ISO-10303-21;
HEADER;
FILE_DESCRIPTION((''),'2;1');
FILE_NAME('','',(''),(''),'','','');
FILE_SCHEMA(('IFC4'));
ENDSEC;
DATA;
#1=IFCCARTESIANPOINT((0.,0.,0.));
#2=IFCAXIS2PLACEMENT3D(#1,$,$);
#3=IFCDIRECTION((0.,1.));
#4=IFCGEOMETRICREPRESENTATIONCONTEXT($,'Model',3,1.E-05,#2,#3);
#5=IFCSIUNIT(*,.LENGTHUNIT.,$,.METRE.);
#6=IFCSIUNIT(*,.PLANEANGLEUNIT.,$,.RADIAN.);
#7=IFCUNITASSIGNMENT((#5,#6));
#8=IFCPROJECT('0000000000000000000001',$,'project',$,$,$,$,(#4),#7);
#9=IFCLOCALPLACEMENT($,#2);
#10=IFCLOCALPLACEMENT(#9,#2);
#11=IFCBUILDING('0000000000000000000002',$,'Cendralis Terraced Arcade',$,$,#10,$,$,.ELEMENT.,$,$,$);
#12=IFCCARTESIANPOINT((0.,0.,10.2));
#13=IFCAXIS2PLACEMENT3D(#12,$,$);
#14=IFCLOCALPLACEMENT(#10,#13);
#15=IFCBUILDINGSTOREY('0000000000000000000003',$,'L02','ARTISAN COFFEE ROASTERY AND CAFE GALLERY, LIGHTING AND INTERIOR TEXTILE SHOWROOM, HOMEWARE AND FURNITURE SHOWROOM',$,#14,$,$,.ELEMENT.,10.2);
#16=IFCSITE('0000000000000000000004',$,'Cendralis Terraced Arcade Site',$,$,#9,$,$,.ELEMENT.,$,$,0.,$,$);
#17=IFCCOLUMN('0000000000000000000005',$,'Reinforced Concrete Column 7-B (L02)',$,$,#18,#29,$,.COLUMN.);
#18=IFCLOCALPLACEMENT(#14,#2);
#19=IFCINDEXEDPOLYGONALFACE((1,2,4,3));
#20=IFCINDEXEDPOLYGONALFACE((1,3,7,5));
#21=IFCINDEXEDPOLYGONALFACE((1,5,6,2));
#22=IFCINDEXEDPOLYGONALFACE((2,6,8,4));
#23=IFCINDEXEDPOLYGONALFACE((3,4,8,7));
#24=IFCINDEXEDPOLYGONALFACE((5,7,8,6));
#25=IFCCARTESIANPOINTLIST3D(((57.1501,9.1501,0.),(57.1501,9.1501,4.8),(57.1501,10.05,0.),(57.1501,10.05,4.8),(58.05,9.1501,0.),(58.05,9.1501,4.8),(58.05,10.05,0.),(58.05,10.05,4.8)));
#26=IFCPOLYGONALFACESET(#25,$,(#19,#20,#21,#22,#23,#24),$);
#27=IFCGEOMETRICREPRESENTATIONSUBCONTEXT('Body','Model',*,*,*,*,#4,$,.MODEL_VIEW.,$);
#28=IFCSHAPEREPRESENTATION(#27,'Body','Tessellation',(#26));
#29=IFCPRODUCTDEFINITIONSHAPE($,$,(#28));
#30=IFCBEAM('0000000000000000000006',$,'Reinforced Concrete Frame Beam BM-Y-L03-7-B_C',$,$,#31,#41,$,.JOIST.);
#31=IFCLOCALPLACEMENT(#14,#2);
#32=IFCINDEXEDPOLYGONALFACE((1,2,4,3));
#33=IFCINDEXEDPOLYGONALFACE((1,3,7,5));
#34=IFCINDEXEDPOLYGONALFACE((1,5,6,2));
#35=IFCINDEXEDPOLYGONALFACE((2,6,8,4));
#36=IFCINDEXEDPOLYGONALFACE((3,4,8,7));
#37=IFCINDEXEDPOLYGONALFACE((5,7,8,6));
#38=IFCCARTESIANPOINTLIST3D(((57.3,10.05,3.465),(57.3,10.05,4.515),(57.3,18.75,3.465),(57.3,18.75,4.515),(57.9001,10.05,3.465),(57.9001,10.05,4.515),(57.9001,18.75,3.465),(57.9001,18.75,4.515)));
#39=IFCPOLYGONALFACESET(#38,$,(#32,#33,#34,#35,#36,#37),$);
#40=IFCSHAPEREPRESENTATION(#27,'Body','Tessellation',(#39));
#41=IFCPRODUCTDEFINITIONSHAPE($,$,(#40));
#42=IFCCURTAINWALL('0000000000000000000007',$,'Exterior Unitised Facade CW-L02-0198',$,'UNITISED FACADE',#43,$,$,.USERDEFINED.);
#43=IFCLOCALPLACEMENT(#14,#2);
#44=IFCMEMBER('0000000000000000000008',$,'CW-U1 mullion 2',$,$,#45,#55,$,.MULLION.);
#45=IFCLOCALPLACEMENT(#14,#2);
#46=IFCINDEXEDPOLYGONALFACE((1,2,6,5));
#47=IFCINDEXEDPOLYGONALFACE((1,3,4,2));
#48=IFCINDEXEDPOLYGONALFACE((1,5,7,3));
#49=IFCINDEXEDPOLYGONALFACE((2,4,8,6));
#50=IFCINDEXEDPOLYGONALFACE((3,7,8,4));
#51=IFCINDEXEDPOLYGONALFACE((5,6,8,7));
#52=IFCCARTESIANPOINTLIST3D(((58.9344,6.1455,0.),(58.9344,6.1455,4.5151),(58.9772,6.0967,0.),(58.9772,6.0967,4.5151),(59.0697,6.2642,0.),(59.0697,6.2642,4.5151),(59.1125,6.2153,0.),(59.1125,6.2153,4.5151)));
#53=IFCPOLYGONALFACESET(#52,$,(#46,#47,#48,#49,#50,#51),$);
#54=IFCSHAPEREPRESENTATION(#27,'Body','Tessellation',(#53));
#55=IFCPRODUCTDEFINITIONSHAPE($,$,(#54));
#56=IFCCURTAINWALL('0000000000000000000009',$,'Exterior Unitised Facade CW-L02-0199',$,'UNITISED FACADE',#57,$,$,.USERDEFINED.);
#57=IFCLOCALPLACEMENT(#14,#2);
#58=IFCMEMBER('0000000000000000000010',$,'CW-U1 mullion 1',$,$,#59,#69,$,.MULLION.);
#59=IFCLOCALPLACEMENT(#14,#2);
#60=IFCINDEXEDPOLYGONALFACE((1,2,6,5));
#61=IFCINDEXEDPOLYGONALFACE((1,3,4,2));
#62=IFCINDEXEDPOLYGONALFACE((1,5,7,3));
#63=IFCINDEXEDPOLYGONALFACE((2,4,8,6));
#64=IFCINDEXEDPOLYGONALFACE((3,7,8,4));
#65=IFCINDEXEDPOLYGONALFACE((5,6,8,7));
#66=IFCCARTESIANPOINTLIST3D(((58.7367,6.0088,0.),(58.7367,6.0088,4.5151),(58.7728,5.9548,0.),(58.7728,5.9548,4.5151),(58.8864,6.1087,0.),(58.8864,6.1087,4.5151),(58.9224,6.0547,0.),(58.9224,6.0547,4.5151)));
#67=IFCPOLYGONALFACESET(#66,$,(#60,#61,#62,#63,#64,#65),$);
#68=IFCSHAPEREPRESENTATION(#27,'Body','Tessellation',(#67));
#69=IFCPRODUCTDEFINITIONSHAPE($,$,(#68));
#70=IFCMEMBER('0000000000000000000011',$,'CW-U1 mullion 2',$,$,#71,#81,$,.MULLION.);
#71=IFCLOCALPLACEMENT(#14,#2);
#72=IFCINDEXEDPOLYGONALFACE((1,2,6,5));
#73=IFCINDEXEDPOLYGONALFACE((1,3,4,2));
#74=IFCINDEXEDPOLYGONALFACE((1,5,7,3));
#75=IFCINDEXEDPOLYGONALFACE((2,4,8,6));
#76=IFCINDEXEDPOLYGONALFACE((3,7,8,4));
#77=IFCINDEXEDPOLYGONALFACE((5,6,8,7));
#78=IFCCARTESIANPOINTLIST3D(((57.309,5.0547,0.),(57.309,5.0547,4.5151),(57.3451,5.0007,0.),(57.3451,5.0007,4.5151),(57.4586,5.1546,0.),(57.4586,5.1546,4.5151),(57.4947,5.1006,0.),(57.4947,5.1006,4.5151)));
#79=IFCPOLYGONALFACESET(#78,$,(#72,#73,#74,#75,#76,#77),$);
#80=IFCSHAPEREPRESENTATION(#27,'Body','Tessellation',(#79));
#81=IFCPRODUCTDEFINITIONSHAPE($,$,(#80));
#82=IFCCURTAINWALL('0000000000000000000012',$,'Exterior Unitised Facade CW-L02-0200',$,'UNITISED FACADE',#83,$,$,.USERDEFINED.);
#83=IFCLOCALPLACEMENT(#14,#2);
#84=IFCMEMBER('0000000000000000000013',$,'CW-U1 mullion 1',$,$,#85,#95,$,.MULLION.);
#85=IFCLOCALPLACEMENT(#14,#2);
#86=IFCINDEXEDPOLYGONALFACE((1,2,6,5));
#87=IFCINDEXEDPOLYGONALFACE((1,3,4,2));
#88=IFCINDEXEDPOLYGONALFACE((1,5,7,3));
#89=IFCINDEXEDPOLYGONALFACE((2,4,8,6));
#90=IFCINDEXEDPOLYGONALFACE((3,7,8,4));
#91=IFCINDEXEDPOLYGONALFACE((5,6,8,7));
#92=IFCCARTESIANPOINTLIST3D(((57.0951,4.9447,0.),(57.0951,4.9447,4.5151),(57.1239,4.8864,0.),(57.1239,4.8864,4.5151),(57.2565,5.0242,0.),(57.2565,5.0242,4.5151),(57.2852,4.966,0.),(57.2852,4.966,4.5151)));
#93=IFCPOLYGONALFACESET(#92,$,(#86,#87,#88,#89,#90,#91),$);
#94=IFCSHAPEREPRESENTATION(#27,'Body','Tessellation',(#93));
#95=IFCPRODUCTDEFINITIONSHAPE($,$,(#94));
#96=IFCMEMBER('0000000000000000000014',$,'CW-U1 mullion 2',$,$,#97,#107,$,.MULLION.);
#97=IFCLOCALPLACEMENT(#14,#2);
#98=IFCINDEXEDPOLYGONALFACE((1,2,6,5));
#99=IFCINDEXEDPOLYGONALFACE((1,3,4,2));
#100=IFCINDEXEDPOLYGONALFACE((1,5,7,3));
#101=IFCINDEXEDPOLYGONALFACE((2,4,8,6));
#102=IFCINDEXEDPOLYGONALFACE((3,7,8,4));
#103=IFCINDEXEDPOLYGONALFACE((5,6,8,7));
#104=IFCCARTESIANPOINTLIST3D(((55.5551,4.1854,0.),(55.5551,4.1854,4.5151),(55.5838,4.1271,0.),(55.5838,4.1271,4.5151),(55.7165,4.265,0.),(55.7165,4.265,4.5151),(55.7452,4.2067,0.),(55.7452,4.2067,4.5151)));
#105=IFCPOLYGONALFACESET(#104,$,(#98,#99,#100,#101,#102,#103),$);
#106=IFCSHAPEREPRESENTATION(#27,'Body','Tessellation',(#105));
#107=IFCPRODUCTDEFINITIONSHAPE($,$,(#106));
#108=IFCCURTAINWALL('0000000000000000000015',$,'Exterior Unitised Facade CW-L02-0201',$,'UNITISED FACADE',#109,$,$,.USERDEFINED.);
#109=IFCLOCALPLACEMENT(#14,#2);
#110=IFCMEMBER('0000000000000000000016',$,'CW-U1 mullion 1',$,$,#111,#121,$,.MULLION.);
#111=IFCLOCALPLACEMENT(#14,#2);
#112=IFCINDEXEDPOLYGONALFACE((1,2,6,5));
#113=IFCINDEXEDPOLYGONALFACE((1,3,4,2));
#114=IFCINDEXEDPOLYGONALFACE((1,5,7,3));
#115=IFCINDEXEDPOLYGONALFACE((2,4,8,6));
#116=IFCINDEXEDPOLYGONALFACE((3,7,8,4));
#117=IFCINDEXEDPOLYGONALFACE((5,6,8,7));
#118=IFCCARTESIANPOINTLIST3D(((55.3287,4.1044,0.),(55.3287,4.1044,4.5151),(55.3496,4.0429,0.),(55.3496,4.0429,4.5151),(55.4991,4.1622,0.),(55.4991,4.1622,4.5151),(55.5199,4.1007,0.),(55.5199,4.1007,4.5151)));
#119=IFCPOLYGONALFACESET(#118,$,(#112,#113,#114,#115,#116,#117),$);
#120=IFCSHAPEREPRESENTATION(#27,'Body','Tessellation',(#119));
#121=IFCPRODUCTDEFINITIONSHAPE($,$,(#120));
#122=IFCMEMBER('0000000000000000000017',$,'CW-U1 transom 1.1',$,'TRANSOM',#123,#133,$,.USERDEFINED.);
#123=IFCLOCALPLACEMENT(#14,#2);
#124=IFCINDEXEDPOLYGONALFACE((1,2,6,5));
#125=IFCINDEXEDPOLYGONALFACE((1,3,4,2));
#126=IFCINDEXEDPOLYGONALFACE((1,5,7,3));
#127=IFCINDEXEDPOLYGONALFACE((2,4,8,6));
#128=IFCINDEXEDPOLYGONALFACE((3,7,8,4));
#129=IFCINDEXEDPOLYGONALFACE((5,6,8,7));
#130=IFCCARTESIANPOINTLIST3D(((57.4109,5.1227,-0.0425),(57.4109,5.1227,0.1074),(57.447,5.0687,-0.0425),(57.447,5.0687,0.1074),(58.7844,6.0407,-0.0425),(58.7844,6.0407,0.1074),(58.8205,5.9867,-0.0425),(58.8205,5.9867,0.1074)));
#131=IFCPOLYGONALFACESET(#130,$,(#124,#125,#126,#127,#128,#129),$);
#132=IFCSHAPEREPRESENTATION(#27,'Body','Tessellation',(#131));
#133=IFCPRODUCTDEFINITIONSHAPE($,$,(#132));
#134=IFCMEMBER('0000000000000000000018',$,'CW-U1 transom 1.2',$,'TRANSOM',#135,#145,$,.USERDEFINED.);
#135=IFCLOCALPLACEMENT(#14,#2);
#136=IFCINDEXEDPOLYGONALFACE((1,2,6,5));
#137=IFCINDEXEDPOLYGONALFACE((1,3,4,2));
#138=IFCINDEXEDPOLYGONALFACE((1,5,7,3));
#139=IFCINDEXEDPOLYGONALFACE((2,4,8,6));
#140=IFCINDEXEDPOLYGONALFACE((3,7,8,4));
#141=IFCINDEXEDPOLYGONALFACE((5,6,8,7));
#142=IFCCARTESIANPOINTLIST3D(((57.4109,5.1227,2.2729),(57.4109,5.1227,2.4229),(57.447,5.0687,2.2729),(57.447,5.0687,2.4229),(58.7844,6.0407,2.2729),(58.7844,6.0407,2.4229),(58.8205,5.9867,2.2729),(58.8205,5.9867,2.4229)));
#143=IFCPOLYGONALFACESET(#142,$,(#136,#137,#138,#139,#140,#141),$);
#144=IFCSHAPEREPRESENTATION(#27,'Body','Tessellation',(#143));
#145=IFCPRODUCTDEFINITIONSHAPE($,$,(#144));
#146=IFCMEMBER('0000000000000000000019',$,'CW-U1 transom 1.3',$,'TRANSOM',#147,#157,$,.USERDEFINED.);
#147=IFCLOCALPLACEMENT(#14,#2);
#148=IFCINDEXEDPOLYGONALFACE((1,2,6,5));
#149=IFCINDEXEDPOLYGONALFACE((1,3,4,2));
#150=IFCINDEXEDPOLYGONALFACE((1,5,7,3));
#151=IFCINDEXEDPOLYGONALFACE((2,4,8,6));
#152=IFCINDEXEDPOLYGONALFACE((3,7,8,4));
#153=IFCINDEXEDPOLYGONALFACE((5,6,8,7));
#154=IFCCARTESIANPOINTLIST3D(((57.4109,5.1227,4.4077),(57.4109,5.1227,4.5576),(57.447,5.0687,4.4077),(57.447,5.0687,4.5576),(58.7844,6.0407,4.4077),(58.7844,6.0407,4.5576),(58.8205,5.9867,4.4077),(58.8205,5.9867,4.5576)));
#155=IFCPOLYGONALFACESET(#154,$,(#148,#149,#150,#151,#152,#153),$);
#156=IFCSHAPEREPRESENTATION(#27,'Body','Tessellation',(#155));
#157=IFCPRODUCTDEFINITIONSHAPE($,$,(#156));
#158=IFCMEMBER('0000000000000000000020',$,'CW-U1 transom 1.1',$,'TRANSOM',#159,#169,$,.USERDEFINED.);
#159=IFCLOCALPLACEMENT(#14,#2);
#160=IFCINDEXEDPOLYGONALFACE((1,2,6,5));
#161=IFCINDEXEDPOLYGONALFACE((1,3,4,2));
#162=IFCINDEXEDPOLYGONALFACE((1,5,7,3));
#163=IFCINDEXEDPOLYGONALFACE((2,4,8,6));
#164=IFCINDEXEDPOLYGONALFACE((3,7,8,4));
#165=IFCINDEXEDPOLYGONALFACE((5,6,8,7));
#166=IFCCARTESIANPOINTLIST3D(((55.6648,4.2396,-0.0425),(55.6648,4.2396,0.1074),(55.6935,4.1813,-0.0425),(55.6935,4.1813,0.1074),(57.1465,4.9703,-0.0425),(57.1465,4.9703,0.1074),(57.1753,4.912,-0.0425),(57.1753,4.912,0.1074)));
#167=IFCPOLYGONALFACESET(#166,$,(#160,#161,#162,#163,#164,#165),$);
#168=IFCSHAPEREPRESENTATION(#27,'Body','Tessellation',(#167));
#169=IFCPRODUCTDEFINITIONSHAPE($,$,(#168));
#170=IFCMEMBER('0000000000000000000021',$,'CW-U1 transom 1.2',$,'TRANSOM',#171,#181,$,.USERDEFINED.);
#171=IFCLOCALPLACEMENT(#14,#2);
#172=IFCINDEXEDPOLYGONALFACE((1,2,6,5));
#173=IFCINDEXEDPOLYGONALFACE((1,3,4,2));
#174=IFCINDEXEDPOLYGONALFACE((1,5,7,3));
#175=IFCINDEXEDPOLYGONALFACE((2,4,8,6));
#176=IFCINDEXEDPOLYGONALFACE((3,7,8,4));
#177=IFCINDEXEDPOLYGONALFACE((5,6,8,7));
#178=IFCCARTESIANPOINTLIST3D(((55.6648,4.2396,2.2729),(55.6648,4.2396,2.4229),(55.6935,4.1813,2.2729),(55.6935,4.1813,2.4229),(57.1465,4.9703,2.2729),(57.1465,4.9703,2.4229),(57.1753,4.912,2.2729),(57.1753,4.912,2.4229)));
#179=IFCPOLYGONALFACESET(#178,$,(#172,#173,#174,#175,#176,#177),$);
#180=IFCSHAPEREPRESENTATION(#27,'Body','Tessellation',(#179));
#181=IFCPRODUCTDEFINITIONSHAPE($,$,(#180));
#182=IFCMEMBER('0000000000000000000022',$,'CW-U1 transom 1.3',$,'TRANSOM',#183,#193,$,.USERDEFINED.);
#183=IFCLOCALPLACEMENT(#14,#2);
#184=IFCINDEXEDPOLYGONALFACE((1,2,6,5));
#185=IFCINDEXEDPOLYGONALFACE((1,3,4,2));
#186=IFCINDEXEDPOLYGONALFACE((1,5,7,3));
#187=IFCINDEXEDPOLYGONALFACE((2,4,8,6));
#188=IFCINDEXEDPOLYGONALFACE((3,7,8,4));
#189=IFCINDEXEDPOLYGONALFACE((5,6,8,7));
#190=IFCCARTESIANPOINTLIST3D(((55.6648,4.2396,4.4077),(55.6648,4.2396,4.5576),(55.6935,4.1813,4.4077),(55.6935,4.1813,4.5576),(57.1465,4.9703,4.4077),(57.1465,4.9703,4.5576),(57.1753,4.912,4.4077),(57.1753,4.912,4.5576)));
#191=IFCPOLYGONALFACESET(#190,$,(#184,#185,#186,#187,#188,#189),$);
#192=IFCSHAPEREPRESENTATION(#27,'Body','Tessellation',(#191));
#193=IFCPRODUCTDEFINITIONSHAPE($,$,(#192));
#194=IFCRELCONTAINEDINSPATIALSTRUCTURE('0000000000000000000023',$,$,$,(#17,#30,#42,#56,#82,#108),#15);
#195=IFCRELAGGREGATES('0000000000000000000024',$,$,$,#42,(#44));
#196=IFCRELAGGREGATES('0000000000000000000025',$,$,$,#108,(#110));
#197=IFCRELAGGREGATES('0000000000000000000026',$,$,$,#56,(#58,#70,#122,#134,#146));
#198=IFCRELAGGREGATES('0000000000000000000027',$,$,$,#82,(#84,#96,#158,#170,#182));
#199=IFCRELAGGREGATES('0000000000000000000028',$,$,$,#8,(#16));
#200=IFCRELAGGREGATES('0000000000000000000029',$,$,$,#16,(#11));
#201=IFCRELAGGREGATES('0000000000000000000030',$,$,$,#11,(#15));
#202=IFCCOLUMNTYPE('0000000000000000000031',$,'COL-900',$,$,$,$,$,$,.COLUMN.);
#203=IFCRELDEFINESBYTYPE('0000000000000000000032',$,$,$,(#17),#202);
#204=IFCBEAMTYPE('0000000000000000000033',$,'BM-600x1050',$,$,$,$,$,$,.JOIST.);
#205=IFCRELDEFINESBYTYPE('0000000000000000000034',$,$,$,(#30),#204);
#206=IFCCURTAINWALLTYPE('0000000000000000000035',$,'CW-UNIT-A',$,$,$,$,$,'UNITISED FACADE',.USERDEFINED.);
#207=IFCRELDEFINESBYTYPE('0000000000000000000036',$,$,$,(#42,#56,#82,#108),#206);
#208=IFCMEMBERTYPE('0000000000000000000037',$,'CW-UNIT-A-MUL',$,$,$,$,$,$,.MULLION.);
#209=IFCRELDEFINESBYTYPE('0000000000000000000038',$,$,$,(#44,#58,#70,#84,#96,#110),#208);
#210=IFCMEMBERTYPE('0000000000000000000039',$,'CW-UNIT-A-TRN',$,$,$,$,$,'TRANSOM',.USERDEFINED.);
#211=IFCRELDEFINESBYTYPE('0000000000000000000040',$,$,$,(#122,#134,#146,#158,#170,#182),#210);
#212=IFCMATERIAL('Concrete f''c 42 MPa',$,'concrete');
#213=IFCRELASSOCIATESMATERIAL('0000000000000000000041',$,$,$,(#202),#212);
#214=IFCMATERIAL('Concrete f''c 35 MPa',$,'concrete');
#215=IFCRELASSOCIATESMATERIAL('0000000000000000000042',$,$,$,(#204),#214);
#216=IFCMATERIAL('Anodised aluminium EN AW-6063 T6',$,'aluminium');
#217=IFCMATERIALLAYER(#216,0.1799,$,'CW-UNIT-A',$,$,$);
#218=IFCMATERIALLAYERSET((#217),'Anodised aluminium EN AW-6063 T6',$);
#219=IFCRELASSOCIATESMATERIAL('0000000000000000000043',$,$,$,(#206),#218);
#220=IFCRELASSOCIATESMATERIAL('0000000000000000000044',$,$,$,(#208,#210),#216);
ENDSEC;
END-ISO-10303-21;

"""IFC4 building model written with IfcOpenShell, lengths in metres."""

from ifc_helpers import new_model, si_unit, direction, frame, origin, origin_2d, place, context, subcontext, project, spatial, rectangle, extrude, material, layer, layer_set, material_profile, profile_set, type_object, element, aggregate, save


model = new_model("IFC4")

# Units and contexts
model_context = context("Model", 3, precision=1e-05, world=origin(), true_north=direction((0.0, 1.0)))
body_context = subcontext(model_context, "Body", "Model", "MODEL_VIEW")
ifc_project = project(units=[si_unit("LENGTHUNIT", "METRE"), si_unit("PLANEANGLEUNIT", "RADIAN")], contexts=[model_context])

# Site, building, storey
site_placement = place(None, origin())
site = spatial("IfcSite", under=ifc_project, at=site_placement, Name="Cendralis Terraced Arcade Site", CompositionType="ELEMENT", RefElevation=0.0)
building_placement = place(site_placement, origin())
building = spatial("IfcBuilding", under=site, at=building_placement, Name="Cendralis Terraced Arcade", CompositionType="ELEMENT")
storey_placement = place(building_placement, frame((0.0, 0.0, 10.2)))
storey = spatial("IfcBuildingStorey", under=building, at=storey_placement, Name="L02", Description="ARTISAN COFFEE ROASTERY AND CAFE GALLERY, LIGHTING AND INTERIOR TEXTILE SHOWROOM, HOMEWARE AND FURNITURE SHOWROOM", CompositionType="ELEMENT", Elevation=10.2)

# Column
ifc_material_1 = material(Name="Concrete f'c 42 MPa", Category="concrete")
ifc_material_profile_1 = material_profile(ifc_material_1, rectangle(XDim=0.8999, YDim=0.8999, at=origin_2d()), Name="RC-COL-900x900", Category="LoadBearing")
ifc_profile_set_1 = profile_set([ifc_material_profile_1], Name="Concrete f'c 42 MPa")
column_type = type_object("IfcColumnType", Name="COL-900", PredefinedType="COLUMN", material=ifc_profile_set_1)
column_placement = place(storey_placement, frame((57.6001, 9.6001, 0.0), z_axis=(0.0, 0.0, 1.0), x_axis=(1.0, 0.0, 0.0)))
element("IfcColumn", 1, at=column_placement, inside=storey, type_object=column_type, Name="Reinforced Concrete Column 7-B (L02)", PredefinedType="COLUMN", context=body_context, shape_type="SweptSolid", body=[
    extrude(rectangle(XDim=0.8999, YDim=0.8999, at=origin_2d()), origin(), (0.0, 0.0, 1.0), 4.8),
])

# Beam
ifc_material_2 = material(Name="Concrete f'c 35 MPa", Category="concrete")
ifc_material_profile_2 = material_profile(ifc_material_2, rectangle(XDim=0.6001, YDim=1.05, at=origin_2d()), Name="RC-BM-600x1050", Category="LoadBearing")
ifc_profile_set_2 = profile_set([ifc_material_profile_2], Name="Concrete f'c 35 MPa")
beam_type = type_object("IfcBeamType", Name="BM-600x1050", PredefinedType="JOIST", material=ifc_profile_set_2)
beam_placement = place(storey_placement, frame((57.6001, 10.05, 3.99), z_axis=(0.0, 1.0, 0.0), x_axis=(-1.0, 0.0, 0.0)))
element("IfcBeam", 2, at=beam_placement, inside=storey, type_object=beam_type, Name="Reinforced Concrete Frame Beam BM-Y-L03-7-B_C", PredefinedType="JOIST", context=body_context, shape_type="SweptSolid", body=[
    extrude(rectangle(XDim=0.6001, YDim=1.05, at=origin_2d()), origin(), (0.0, 0.0, 1.0), 8.7),
])

# Curtain wall, member
ifc_material_3 = material(Name="Anodised aluminium EN AW-6063 T6", Category="aluminium")
ifc_layer_1 = layer(ifc_material_3, 0.1799, Name="CW-UNIT-A")
ifc_layer_set_1 = layer_set([ifc_layer_1], Name="Anodised aluminium EN AW-6063 T6")
curtain_wall_type = type_object("IfcCurtainWallType", Name="CW-UNIT-A", ElementType="UNITISED FACADE", PredefinedType="USERDEFINED", material=ifc_layer_set_1)
curtain_wall_1_placement = place(storey_placement, origin())
curtain_wall_1 = element("IfcCurtainWall", 3, at=curtain_wall_1_placement, inside=storey, type_object=curtain_wall_type, Name="Exterior Unitised Facade CW-L02-0198", ObjectType="UNITISED FACADE", PredefinedType="USERDEFINED")
ifc_material_profile_3 = material_profile(ifc_material_3, rectangle(XDim=0.0649, YDim=0.1799, at=origin_2d()), Name="ALU-MUL-65x180")
ifc_profile_set_3 = profile_set([ifc_material_profile_3], Name="Anodised aluminium EN AW-6063 T6")
member_type_1 = type_object("IfcMemberType", Name="CW-UNIT-A-MUL", PredefinedType="MULLION", material=ifc_profile_set_3)
member_1_placement = place(storey_placement, frame((59.0234, 6.1804, 0.0), z_axis=(0.0, 0.0, 1.0), x_axis=(0.659386, -0.751804, 0.0)))
member_1 = element("IfcMember", 4, at=member_1_placement, type_object=member_type_1, Name="CW-U1 mullion 2", PredefinedType="MULLION", context=body_context, shape_type="SweptSolid", body=[
    extrude(rectangle(XDim=0.0649, YDim=0.1799, at=origin_2d()), origin(), (0.0, 0.0, 1.0), 4.5151),
])
aggregate(curtain_wall_1, [member_1])

# Curtain walls, members
curtain_wall_2_placement = place(storey_placement, origin())
curtain_wall_2 = element("IfcCurtainWall", 5, at=curtain_wall_2_placement, inside=storey, type_object=curtain_wall_type, Name="Exterior Unitised Facade CW-L02-0199", ObjectType="UNITISED FACADE", PredefinedType="USERDEFINED")
member_2_placement = place(storey_placement, frame((58.8296, 6.0317, 0.0), z_axis=(0.0, 0.0, 1.0), x_axis=(0.555567, -0.831471, 0.0)))
member_2 = element("IfcMember", 6, at=member_2_placement, type_object=member_type_1, Name="CW-U1 mullion 1", PredefinedType="MULLION", context=body_context, shape_type="SweptSolid", body=[
    extrude(rectangle(XDim=0.0649, YDim=0.1799, at=origin_2d()), origin(), (0.0, 0.0, 1.0), 4.5151),
])
member_3_placement = place(storey_placement, frame((57.4019, 5.0776, 0.0), z_axis=(0.0, 0.0, 1.0), x_axis=(0.555567, -0.831471, 0.0)))
member_3 = element("IfcMember", 7, at=member_3_placement, type_object=member_type_1, Name="CW-U1 mullion 2", PredefinedType="MULLION", context=body_context, shape_type="SweptSolid", body=[
    extrude(rectangle(XDim=0.0649, YDim=0.1799, at=origin_2d()), origin(), (0.0, 0.0, 1.0), 4.5151),
])
curtain_wall_3_placement = place(storey_placement, origin())
curtain_wall_3 = element("IfcCurtainWall", 8, at=curtain_wall_3_placement, inside=storey, type_object=curtain_wall_type, Name="Exterior Unitised Facade CW-L02-0200", ObjectType="UNITISED FACADE", PredefinedType="USERDEFINED")
member_4_placement = place(storey_placement, frame((57.1902, 4.9553, 0.0), z_axis=(0.0, 0.0, 1.0), x_axis=(0.442291, -0.896871, 0.0)))
member_4 = element("IfcMember", 9, at=member_4_placement, type_object=member_type_1, Name="CW-U1 mullion 1", PredefinedType="MULLION", context=body_context, shape_type="SweptSolid", body=[
    extrude(rectangle(XDim=0.0649, YDim=0.1799, at=origin_2d()), origin(), (0.0, 0.0, 1.0), 4.5151),
])
member_5_placement = place(storey_placement, frame((55.6501, 4.196, 0.0), z_axis=(0.0, 0.0, 1.0), x_axis=(0.442291, -0.896871, 0.0)))
member_5 = element("IfcMember", 10, at=member_5_placement, type_object=member_type_1, Name="CW-U1 mullion 2", PredefinedType="MULLION", context=body_context, shape_type="SweptSolid", body=[
    extrude(rectangle(XDim=0.0649, YDim=0.1799, at=origin_2d()), origin(), (0.0, 0.0, 1.0), 4.5151),
])

# Curtain wall, member
curtain_wall_4_placement = place(storey_placement, origin())
curtain_wall_4 = element("IfcCurtainWall", 11, at=curtain_wall_4_placement, inside=storey, type_object=curtain_wall_type, Name="Exterior Unitised Facade CW-L02-0201", ObjectType="UNITISED FACADE", PredefinedType="USERDEFINED")
member_6_placement = place(storey_placement, frame((55.4243, 4.1025, 0.0), z_axis=(0.0, 0.0, 1.0), x_axis=(0.321458, -0.946924, 0.0)))
member_6 = element("IfcMember", 12, at=member_6_placement, type_object=member_type_1, Name="CW-U1 mullion 1", PredefinedType="MULLION", context=body_context, shape_type="SweptSolid", body=[
    extrude(rectangle(XDim=0.0649, YDim=0.1799, at=origin_2d()), origin(), (0.0, 0.0, 1.0), 4.5151),
])

# Members
ifc_material_profile_4 = material_profile(ifc_material_3, rectangle(XDim=0.0649, YDim=0.1499, at=origin_2d()), Name="ALU-TRN-65x150")
ifc_profile_set_4 = profile_set([ifc_material_profile_4], Name="Anodised aluminium EN AW-6063 T6")
member_type_2 = type_object("IfcMemberType", Name="CW-UNIT-A-TRN", ElementType="TRANSOM", PredefinedType="USERDEFINED", material=ifc_profile_set_4)
member_7_placement = place(storey_placement, frame((58.8025, 6.0137, 0.0325), z_axis=(-0.831413, -0.555655, 0.0), x_axis=(0.555655, -0.831413, 0.0)))
member_7 = element("IfcMember", 13, at=member_7_placement, type_object=member_type_2, Name="CW-U1 transom 1.1", ObjectType="TRANSOM", PredefinedType="USERDEFINED", context=body_context, shape_type="SweptSolid", body=[
    extrude(rectangle(XDim=0.0649, YDim=0.1499, at=origin_2d()), origin(), (0.0, 0.0, 1.0), 1.6521),
])
member_8_placement = place(storey_placement, frame((58.8025, 6.0137, 2.3479), z_axis=(-0.831413, -0.555655, 0.0), x_axis=(0.555655, -0.831413, 0.0)))
member_8 = element("IfcMember", 14, at=member_8_placement, type_object=member_type_2, Name="CW-U1 transom 1.2", ObjectType="TRANSOM", PredefinedType="USERDEFINED", context=body_context, shape_type="SweptSolid", body=[
    extrude(rectangle(XDim=0.0649, YDim=0.1499, at=origin_2d()), origin(), (0.0, 0.0, 1.0), 1.6521),
])
member_9_placement = place(storey_placement, frame((58.8025, 6.0137, 4.4827), z_axis=(-0.831413, -0.555655, 0.0), x_axis=(0.555655, -0.831413, 0.0)))
member_9 = element("IfcMember", 15, at=member_9_placement, type_object=member_type_2, Name="CW-U1 transom 1.3", ObjectType="TRANSOM", PredefinedType="USERDEFINED", context=body_context, shape_type="SweptSolid", body=[
    extrude(rectangle(XDim=0.0649, YDim=0.1499, at=origin_2d()), origin(), (0.0, 0.0, 1.0), 1.6521),
])
member_10_placement = place(storey_placement, frame((57.1609, 4.9412, 0.0325), z_axis=(-0.896867, -0.442301, 0.0), x_axis=(0.442301, -0.896867, 0.0)))
member_10 = element("IfcMember", 16, at=member_10_placement, type_object=member_type_2, Name="CW-U1 transom 1.1", ObjectType="TRANSOM", PredefinedType="USERDEFINED", context=body_context, shape_type="SweptSolid", body=[
    extrude(rectangle(XDim=0.0649, YDim=0.1499, at=origin_2d()), origin(), (0.0, 0.0, 1.0), 1.6521),
])
member_11_placement = place(storey_placement, frame((57.1609, 4.9412, 2.3479), z_axis=(-0.896867, -0.442301, 0.0), x_axis=(0.442301, -0.896867, 0.0)))
member_11 = element("IfcMember", 17, at=member_11_placement, type_object=member_type_2, Name="CW-U1 transom 1.2", ObjectType="TRANSOM", PredefinedType="USERDEFINED", context=body_context, shape_type="SweptSolid", body=[
    extrude(rectangle(XDim=0.0649, YDim=0.1499, at=origin_2d()), origin(), (0.0, 0.0, 1.0), 1.6521),
])
member_12_placement = place(storey_placement, frame((57.1609, 4.9412, 4.4827), z_axis=(-0.896867, -0.442301, 0.0), x_axis=(0.442301, -0.896867, 0.0)))
member_12 = element("IfcMember", 18, at=member_12_placement, type_object=member_type_2, Name="CW-U1 transom 1.3", ObjectType="TRANSOM", PredefinedType="USERDEFINED", context=body_context, shape_type="SweptSolid", body=[
    extrude(rectangle(XDim=0.0649, YDim=0.1499, at=origin_2d()), origin(), (0.0, 0.0, 1.0), 1.6521),
])
aggregate(curtain_wall_4, [member_6])

aggregate(curtain_wall_2, [member_2, member_3, member_7, member_8, member_9])
aggregate(curtain_wall_3, [member_4, member_5, member_10, member_11, member_12])

save(model, "model.ifc")
